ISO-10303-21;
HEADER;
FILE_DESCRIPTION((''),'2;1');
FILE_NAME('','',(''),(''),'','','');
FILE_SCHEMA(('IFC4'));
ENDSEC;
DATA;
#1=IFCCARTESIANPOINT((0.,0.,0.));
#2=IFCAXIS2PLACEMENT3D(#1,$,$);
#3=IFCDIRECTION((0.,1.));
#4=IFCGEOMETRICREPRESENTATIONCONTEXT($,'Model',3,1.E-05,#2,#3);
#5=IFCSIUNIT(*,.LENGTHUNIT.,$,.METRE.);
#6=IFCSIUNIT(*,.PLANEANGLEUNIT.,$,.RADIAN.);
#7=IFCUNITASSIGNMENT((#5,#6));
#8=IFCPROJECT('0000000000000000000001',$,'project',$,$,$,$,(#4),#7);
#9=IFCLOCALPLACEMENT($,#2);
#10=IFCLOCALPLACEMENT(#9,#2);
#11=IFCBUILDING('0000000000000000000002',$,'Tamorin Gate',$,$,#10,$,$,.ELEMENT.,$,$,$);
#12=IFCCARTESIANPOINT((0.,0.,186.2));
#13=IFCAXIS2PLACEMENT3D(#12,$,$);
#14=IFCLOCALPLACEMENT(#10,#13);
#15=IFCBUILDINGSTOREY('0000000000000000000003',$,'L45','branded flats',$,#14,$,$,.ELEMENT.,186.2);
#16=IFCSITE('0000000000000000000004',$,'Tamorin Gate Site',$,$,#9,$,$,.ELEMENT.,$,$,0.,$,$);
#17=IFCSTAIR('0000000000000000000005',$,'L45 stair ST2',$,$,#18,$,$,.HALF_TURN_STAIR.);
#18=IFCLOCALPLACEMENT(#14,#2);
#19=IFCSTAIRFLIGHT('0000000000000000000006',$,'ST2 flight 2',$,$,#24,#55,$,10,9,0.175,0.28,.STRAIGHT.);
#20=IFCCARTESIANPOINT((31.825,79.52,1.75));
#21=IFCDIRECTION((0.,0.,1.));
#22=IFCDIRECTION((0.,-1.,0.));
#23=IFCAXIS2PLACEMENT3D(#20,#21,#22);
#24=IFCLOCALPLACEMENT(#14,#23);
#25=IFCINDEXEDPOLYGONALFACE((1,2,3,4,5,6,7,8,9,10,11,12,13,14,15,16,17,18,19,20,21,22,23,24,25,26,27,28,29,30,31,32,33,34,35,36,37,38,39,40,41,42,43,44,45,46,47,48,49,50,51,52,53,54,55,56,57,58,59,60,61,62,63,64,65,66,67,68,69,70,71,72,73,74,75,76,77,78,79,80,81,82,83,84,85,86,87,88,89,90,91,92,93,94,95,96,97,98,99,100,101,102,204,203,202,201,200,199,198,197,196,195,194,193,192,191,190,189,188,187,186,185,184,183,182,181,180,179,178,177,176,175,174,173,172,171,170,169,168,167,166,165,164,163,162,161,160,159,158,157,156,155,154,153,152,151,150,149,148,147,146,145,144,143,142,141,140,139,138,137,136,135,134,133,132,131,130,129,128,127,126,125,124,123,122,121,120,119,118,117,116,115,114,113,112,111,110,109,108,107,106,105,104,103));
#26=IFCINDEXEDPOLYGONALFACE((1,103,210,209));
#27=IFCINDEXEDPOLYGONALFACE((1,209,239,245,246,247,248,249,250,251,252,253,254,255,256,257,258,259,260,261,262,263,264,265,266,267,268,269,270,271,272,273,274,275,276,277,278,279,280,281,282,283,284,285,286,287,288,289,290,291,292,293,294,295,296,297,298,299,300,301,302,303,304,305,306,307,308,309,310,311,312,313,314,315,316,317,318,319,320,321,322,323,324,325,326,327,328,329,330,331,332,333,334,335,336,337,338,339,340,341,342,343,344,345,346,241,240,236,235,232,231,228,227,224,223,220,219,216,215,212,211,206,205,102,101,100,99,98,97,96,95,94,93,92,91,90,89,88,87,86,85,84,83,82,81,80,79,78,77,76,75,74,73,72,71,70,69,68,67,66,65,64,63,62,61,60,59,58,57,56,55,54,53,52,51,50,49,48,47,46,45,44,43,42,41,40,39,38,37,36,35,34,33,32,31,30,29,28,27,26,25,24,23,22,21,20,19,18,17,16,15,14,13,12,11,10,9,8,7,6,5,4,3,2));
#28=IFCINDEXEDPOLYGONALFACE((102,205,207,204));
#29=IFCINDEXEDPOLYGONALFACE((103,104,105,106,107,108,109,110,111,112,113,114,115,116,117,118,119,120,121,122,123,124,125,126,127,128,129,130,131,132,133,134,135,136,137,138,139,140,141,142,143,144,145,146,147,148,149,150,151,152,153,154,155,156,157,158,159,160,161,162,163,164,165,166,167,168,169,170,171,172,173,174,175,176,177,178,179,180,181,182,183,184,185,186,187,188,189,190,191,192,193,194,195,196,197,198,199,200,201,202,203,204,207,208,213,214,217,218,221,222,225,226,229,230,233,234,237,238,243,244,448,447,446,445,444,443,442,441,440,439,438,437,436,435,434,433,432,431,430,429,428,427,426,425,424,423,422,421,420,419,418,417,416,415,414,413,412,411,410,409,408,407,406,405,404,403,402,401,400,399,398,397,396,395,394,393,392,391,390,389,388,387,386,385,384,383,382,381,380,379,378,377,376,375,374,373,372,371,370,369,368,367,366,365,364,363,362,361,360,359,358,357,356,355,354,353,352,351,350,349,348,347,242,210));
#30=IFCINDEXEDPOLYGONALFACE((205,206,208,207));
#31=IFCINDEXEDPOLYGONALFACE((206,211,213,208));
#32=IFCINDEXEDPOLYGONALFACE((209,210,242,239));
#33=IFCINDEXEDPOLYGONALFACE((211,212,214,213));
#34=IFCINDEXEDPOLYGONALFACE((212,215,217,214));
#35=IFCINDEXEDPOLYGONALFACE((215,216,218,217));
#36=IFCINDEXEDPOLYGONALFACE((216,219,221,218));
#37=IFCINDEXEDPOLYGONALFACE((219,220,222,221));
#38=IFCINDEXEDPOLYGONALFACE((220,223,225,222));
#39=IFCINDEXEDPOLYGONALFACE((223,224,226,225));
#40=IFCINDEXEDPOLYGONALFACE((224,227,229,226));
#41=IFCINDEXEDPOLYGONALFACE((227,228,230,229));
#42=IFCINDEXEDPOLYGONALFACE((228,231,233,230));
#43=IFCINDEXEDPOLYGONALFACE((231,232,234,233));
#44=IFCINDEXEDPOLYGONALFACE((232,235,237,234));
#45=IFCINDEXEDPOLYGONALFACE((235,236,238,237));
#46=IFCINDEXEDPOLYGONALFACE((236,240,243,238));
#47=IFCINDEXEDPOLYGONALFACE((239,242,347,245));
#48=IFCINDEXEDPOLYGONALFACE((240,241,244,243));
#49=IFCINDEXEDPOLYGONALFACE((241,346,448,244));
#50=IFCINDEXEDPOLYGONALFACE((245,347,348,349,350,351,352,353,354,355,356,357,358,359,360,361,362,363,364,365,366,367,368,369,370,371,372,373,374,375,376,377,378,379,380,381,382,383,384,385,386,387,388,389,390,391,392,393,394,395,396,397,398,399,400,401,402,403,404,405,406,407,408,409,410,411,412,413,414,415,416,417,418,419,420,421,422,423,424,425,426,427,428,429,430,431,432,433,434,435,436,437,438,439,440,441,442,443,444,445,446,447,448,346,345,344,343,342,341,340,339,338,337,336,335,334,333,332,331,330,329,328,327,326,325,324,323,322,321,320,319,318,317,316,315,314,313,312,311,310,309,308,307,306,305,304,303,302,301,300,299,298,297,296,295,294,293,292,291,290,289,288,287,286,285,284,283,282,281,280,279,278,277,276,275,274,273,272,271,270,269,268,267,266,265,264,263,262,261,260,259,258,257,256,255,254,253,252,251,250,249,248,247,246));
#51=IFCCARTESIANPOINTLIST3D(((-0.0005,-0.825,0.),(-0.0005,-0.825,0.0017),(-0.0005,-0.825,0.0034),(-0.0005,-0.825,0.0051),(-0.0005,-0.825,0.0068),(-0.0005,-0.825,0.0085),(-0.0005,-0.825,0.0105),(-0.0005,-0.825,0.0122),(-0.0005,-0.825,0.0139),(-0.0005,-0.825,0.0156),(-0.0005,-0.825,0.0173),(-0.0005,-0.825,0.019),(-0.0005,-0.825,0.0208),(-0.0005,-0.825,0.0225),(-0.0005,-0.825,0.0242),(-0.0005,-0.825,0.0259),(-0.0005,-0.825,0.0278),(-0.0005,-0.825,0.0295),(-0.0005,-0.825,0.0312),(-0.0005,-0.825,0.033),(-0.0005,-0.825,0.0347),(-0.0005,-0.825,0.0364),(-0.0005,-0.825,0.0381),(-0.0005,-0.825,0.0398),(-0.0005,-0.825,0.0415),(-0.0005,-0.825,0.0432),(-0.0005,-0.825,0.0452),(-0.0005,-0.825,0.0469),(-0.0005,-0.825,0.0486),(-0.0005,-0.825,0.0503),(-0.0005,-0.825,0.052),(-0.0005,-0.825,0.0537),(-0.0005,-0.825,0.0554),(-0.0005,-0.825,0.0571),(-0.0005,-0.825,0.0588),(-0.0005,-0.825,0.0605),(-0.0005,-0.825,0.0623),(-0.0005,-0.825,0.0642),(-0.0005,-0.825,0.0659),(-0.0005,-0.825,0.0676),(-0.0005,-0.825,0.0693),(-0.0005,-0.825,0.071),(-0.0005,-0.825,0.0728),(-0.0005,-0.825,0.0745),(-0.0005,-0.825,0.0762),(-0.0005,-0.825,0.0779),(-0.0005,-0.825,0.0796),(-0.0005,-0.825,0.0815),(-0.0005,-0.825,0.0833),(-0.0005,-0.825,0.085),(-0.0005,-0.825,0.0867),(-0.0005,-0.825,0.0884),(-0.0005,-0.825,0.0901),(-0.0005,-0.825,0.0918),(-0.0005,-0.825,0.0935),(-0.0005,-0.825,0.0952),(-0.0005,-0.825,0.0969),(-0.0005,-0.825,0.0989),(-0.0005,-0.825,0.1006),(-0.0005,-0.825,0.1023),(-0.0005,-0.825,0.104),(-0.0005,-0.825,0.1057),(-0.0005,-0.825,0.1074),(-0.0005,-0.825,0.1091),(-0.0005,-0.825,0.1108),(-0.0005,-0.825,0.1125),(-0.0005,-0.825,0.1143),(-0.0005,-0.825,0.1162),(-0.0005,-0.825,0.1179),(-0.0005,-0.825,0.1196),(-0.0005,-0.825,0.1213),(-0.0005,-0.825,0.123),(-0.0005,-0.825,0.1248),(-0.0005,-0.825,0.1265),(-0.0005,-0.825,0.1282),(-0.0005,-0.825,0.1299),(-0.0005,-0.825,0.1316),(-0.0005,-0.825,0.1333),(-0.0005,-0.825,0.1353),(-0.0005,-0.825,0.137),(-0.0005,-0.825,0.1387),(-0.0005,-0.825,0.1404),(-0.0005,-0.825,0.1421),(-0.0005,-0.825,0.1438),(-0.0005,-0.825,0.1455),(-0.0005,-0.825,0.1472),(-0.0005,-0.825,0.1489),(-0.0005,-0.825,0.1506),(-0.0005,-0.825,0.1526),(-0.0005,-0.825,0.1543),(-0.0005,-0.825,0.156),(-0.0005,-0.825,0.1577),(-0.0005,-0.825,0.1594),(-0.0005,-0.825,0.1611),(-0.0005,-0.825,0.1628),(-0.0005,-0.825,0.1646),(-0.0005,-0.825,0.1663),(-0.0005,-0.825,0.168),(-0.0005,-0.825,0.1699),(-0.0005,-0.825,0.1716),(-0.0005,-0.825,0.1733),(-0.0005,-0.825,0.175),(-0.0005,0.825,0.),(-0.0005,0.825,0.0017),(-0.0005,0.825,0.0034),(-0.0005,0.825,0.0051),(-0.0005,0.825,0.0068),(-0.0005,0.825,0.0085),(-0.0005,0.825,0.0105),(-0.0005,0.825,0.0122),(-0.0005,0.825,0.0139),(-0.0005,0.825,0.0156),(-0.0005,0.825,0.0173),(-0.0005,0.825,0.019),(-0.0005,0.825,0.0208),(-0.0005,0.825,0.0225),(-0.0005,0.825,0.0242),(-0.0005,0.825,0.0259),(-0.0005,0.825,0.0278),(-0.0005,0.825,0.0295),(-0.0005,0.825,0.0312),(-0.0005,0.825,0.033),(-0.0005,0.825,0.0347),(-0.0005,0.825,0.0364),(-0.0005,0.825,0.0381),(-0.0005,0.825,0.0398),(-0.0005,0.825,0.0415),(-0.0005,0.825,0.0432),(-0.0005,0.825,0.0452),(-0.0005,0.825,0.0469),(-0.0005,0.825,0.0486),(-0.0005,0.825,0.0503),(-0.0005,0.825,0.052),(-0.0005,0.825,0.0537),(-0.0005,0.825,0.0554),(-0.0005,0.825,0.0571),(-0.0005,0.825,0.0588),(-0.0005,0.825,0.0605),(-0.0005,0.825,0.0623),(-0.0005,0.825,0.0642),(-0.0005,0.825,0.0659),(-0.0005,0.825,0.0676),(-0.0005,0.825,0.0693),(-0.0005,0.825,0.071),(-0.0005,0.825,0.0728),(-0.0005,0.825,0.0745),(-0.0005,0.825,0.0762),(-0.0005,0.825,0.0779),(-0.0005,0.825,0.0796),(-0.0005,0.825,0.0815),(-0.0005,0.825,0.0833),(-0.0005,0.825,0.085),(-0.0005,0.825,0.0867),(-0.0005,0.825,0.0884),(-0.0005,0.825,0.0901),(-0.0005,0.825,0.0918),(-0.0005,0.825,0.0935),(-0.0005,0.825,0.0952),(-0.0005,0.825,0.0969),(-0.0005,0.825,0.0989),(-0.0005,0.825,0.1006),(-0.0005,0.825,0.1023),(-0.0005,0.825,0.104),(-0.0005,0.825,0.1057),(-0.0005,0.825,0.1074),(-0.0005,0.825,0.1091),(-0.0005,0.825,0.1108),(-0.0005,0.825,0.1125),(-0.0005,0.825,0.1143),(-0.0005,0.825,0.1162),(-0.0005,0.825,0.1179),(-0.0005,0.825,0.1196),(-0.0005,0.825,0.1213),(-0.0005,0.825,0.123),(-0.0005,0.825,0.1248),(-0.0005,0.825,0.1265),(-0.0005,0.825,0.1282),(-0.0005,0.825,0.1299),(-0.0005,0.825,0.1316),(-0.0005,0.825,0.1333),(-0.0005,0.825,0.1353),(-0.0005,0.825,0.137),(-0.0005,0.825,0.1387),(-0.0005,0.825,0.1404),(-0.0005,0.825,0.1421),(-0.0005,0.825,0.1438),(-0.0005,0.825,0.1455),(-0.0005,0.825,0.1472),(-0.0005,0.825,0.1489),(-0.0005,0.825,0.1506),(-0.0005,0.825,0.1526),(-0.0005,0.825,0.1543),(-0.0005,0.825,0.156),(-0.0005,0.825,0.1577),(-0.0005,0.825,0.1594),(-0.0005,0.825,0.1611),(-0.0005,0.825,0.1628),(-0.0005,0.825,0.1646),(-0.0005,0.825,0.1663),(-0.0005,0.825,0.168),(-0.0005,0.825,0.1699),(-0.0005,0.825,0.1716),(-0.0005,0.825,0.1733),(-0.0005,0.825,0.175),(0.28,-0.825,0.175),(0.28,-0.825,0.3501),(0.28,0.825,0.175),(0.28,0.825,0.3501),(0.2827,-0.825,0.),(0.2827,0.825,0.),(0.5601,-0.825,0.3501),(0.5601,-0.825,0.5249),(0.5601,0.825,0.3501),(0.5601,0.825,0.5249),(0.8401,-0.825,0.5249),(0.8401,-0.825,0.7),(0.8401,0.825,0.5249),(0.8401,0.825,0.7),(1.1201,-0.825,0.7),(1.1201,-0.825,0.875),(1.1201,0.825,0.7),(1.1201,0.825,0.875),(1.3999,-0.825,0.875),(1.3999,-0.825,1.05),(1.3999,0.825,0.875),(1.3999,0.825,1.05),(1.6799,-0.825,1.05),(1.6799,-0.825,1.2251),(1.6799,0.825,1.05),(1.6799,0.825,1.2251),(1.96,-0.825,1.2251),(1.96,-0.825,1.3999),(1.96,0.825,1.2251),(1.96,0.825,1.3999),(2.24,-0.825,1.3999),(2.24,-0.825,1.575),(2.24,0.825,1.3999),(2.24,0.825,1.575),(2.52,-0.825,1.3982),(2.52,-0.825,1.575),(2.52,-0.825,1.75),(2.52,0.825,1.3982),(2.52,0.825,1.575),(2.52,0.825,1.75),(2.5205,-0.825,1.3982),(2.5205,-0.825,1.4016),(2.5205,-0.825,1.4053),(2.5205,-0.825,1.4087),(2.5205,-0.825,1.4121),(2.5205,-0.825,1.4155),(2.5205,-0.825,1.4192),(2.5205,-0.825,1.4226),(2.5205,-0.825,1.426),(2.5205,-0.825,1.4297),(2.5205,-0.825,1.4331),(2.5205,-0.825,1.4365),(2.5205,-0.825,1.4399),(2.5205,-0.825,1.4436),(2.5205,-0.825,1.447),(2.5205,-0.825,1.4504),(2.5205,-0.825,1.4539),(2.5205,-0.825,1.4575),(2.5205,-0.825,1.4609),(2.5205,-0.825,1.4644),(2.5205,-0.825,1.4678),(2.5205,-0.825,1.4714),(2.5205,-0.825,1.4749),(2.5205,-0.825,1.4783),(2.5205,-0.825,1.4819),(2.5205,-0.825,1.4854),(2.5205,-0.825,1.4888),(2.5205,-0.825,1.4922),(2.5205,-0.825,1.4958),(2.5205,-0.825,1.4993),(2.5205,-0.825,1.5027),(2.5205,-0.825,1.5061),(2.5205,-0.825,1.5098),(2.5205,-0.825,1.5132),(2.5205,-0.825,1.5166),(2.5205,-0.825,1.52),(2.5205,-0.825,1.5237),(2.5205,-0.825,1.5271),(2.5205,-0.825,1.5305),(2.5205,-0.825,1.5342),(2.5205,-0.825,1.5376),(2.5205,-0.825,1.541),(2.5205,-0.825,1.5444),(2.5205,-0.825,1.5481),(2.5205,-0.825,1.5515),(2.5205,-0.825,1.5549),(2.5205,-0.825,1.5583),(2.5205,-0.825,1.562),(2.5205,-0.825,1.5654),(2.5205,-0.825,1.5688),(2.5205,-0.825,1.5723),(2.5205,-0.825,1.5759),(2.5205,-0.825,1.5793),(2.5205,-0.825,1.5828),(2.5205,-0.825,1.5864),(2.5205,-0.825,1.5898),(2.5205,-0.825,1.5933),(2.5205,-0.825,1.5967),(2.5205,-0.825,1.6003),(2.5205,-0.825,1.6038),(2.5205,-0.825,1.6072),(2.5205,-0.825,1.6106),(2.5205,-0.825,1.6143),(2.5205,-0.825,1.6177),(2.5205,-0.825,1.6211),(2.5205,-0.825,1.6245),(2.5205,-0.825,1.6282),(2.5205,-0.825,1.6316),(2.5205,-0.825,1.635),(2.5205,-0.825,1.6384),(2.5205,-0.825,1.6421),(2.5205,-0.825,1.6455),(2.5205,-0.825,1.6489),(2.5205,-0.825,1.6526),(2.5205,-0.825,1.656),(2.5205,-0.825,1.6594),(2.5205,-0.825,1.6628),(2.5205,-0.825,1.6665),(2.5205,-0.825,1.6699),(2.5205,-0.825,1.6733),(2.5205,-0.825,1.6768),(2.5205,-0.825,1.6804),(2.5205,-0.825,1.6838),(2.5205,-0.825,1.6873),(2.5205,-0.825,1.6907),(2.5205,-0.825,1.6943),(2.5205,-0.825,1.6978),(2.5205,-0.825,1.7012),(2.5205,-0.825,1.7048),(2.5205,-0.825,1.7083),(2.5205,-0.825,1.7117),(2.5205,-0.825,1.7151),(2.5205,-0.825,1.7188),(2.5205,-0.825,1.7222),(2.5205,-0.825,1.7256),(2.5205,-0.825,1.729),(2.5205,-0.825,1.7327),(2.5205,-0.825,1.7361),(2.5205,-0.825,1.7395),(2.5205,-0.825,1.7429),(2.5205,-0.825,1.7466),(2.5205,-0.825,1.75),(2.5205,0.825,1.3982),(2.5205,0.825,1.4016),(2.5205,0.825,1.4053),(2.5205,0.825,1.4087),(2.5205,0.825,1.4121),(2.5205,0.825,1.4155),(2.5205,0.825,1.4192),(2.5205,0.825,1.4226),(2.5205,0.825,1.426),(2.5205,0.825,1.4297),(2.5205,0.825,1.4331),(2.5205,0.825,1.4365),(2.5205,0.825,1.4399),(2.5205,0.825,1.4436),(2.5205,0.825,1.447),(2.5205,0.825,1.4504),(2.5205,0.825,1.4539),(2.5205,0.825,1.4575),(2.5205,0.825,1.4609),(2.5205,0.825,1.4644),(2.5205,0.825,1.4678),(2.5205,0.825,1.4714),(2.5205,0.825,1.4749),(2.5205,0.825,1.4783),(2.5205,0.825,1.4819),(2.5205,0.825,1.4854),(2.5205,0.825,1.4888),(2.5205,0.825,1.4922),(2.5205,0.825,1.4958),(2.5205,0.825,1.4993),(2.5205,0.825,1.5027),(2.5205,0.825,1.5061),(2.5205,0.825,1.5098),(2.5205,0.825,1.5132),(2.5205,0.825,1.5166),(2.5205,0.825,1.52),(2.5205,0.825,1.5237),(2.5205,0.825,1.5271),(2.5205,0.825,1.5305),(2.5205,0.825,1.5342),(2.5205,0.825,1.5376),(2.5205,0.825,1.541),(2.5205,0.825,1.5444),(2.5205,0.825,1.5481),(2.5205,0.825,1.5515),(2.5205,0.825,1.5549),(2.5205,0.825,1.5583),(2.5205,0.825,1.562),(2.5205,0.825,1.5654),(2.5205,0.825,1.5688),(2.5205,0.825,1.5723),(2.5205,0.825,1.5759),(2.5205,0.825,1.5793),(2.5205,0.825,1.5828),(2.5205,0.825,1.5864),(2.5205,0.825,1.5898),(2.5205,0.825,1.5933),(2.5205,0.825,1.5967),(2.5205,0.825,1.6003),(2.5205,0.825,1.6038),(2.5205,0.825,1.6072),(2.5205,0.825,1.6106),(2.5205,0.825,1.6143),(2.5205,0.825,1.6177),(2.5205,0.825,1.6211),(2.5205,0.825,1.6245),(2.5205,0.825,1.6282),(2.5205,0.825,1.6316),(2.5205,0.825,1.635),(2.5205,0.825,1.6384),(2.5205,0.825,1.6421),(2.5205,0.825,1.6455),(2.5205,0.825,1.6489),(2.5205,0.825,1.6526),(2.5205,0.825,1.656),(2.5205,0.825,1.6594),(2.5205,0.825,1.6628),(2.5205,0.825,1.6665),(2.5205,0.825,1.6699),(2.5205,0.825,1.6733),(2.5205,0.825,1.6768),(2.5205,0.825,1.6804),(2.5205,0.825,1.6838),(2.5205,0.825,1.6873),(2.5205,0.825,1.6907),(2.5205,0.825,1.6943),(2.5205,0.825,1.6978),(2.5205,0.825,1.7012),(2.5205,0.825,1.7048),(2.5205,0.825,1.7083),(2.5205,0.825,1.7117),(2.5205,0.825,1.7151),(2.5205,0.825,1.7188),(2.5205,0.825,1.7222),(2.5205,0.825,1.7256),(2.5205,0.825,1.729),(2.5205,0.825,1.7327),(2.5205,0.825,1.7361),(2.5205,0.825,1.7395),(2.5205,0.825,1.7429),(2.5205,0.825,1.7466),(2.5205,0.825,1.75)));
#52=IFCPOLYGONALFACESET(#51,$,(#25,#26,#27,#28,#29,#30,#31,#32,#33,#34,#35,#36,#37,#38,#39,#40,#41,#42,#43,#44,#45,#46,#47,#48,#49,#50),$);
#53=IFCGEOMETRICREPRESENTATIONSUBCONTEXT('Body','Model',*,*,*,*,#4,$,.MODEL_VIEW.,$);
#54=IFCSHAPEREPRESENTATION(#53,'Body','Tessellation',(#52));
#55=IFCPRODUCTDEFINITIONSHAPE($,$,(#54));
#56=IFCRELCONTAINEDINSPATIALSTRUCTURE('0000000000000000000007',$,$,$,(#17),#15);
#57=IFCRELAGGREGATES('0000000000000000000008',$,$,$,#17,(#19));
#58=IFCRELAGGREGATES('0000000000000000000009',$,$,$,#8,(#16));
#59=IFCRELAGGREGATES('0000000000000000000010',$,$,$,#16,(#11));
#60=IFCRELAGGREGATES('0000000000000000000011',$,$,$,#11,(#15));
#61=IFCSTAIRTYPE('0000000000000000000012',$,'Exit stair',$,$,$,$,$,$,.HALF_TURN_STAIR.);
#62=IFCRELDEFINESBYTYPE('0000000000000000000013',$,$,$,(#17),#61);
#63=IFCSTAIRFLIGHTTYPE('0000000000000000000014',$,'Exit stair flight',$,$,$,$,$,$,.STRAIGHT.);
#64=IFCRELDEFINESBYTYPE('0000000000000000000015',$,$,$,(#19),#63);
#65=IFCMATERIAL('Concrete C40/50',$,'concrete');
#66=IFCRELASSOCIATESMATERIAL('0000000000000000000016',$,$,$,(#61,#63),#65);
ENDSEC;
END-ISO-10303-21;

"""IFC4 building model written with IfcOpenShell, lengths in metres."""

from ifc_helpers import new_model, si_unit, direction, frame, origin, place, context, subcontext, project, spatial, polyline, outline, extrude, material, type_object, element, aggregate, save


model = new_model("IFC4")

# Units and contexts
model_context = context("Model", 3, precision=1e-05, world=origin(), true_north=direction((0.0, 1.0)))
body_context = subcontext(model_context, "Body", "Model", "MODEL_VIEW")
ifc_project = project(units=[si_unit("LENGTHUNIT", "METRE"), si_unit("PLANEANGLEUNIT", "RADIAN")], contexts=[model_context])

# Site, building, storey
site_placement = place(None, origin())
site = spatial("IfcSite", under=ifc_project, at=site_placement, Name="Tamorin Gate Site", CompositionType="ELEMENT", RefElevation=0.0)
building_placement = place(site_placement, origin())
building = spatial("IfcBuilding", under=site, at=building_placement, Name="Tamorin Gate", CompositionType="ELEMENT")
storey_placement = place(building_placement, frame((0.0, 0.0, 186.2)))
storey = spatial("IfcBuildingStorey", under=building, at=storey_placement, Name="L45", Description="branded flats", CompositionType="ELEMENT", Elevation=186.2)

# Stair, stair flight
ifc_material_1 = material(Name="Concrete C40/50", Category="concrete")
stair_type = type_object("IfcStairType", Name="Exit stair", PredefinedType="HALF_TURN_STAIR", material=ifc_material_1)
stair_placement = place(storey_placement, origin())
stair = element("IfcStair", 1, at=stair_placement, inside=storey, type_object=stair_type, Name="L45 stair ST2", PredefinedType="HALF_TURN_STAIR")
stair_flight_type = type_object("IfcStairFlightType", Name="Exit stair flight", PredefinedType="STRAIGHT", material=ifc_material_1)
stair_flight_placement = place(storey_placement, frame((31.825, 79.52, 1.75), z_axis=(0.0, 0.0, 1.0), x_axis=(0.0, -1.0, 0.0)))
stair_flight = element("IfcStairFlight", 2, at=stair_flight_placement, type_object=stair_flight_type, Name="ST2 flight 2", NumberOfRisers=10, NumberOfTreads=9, PredefinedType="STRAIGHT", RiserHeight=0.175, TreadLength=0.28, context=body_context, shape_type="SweptSolid", body=[
    extrude(outline(polyline([(-0.0005, 0.0), (-0.0005, 0.0017), (-0.0005, 0.0034), (-0.0005, 0.0051), (-0.0005, 0.0068), (-0.0005, 0.0085), (-0.0005, 0.0105), (-0.0005, 0.0122), (-0.0005, 0.0139), (-0.0005, 0.0156), (-0.0005, 0.0173), (-0.0005, 0.019), (-0.0005, 0.0208), (-0.0005, 0.0225), (-0.0005, 0.0242), (-0.0005, 0.0259), (-0.0005, 0.0278), (-0.0005, 0.0295), (-0.0005, 0.0312), (-0.0005, 0.033), (-0.0005, 0.0347), (-0.0005, 0.0364), (-0.0005, 0.0381), (-0.0005, 0.0398), (-0.0005, 0.0415), (-0.0005, 0.0432), (-0.0005, 0.0452), (-0.0005, 0.0469), (-0.0005, 0.0486), (-0.0005, 0.0503), (-0.0005, 0.052), (-0.0005, 0.0537), (-0.0005, 0.0554), (-0.0005, 0.0571), (-0.0005, 0.0588), (-0.0005, 0.0605), (-0.0005, 0.0623), (-0.0005, 0.0642), (-0.0005, 0.0659), (-0.0005, 0.0676), (-0.0005, 0.0693), (-0.0005, 0.071), (-0.0005, 0.0728), (-0.0005, 0.0745), (-0.0005, 0.0762), (-0.0005, 0.0779), (-0.0005, 0.0796), (-0.0005, 0.0815), (-0.0005, 0.0833), (-0.0005, 0.085), (-0.0005, 0.0867), (-0.0005, 0.0884), (-0.0005, 0.0901), (-0.0005, 0.0918), (-0.0005, 0.0935), (-0.0005, 0.0952), (-0.0005, 0.0969), (-0.0005, 0.0989), (-0.0005, 0.1006), (-0.0005, 0.1023), (-0.0005, 0.104), (-0.0005, 0.1057), (-0.0005, 0.1074), (-0.0005, 0.1091), (-0.0005, 0.1108), (-0.0005, 0.1125), (-0.0005, 0.1143), (-0.0005, 0.1162), (-0.0005, 0.1179), (-0.0005, 0.1196), (-0.0005, 0.1213), (-0.0005, 0.123), (-0.0005, 0.1248), (-0.0005, 0.1265), (-0.0005, 0.1282), (-0.0005, 0.1299), (-0.0005, 0.1316), (-0.0005, 0.1333), (-0.0005, 0.1353), (-0.0005, 0.137), (-0.0005, 0.1387), (-0.0005, 0.1404), (-0.0005, 0.1421), (-0.0005, 0.1438), (-0.0005, 0.1455), (-0.0005, 0.1472), (-0.0005, 0.1489), (-0.0005, 0.1506), (-0.0005, 0.1526), (-0.0005, 0.1543), (-0.0005, 0.156), (-0.0005, 0.1577), (-0.0005, 0.1594), (-0.0005, 0.1611), (-0.0005, 0.1628), (-0.0005, 0.1646), (-0.0005, 0.1663), (-0.0005, 0.168), (-0.0005, 0.1699), (-0.0005, 0.1716), (-0.0005, 0.1733), (-0.0005, 0.175), (0.28, 0.175), (0.28, 0.3501), (0.5601, 0.3501), (0.5601, 0.5249), (0.8401, 0.5249), (0.8401, 0.7), (1.1201, 0.7), (1.1201, 0.875), (1.3999, 0.875), (1.3999, 1.05), (1.6799, 1.05), (1.6799, 1.2251), (1.96, 1.2251), (1.96, 1.3999), (2.24, 1.3999), (2.24, 1.575), (2.52, 1.575), (2.52, 1.75), (2.5205, 1.75), (2.5205, 1.7466), (2.5205, 1.7429), (2.5205, 1.7395), (2.5205, 1.7361), (2.5205, 1.7327), (2.5205, 1.729), (2.5205, 1.7256), (2.5205, 1.7222), (2.5205, 1.7188), (2.5205, 1.7151), (2.5205, 1.7117), (2.5205, 1.7083), (2.5205, 1.7048), (2.5205, 1.7012), (2.5205, 1.6978), (2.5205, 1.6943), (2.5205, 1.6907), (2.5205, 1.6873), (2.5205, 1.6838), (2.5205, 1.6804), (2.5205, 1.6768), (2.5205, 1.6733), (2.5205, 1.6699), (2.5205, 1.6665), (2.5205, 1.6628), (2.5205, 1.6594), (2.5205, 1.656), (2.5205, 1.6526), (2.5205, 1.6489), (2.5205, 1.6455), (2.5205, 1.6421), (2.5205, 1.6384), (2.5205, 1.635), (2.5205, 1.6316), (2.5205, 1.6282), (2.5205, 1.6245), (2.5205, 1.6211), (2.5205, 1.6177), (2.5205, 1.6143), (2.5205, 1.6106), (2.5205, 1.6072), (2.5205, 1.6038), (2.5205, 1.6003), (2.5205, 1.5967), (2.5205, 1.5933), (2.5205, 1.5898), (2.5205, 1.5864), (2.5205, 1.5828), (2.5205, 1.5793), (2.5205, 1.5759), (2.5205, 1.5723), (2.5205, 1.5688), (2.5205, 1.5654), (2.5205, 1.562), (2.5205, 1.5583), (2.5205, 1.5549), (2.5205, 1.5515), (2.5205, 1.5481), (2.5205, 1.5444), (2.5205, 1.541), (2.5205, 1.5376), (2.5205, 1.5342), (2.5205, 1.5305), (2.5205, 1.5271), (2.5205, 1.5237), (2.5205, 1.52), (2.5205, 1.5166), (2.5205, 1.5132), (2.5205, 1.5098), (2.5205, 1.5061), (2.5205, 1.5027), (2.5205, 1.4993), (2.5205, 1.4958), (2.5205, 1.4922), (2.5205, 1.4888), (2.5205, 1.4854), (2.5205, 1.4819), (2.5205, 1.4783), (2.5205, 1.4749), (2.5205, 1.4714), (2.5205, 1.4678), (2.5205, 1.4644), (2.5205, 1.4609), (2.5205, 1.4575), (2.5205, 1.4539), (2.5205, 1.4504), (2.5205, 1.447), (2.5205, 1.4436), (2.5205, 1.4399), (2.5205, 1.4365), (2.5205, 1.4331), (2.5205, 1.4297), (2.5205, 1.426), (2.5205, 1.4226), (2.5205, 1.4192), (2.5205, 1.4155), (2.5205, 1.4121), (2.5205, 1.4087), (2.5205, 1.4053), (2.5205, 1.4016), (2.5205, 1.3982), (2.52, 1.3982), (0.2827, 0.0), (-0.0005, 0.0)])), frame((0.0, 0.825, 0.0), z_axis=(0.0, -1.0, 0.0), x_axis=(1.0, 0.0, 0.0)), (0.0, 0.0, 1.0), 1.6499),
])
aggregate(stair, [stair_flight])

save(model, "model.ifc")
